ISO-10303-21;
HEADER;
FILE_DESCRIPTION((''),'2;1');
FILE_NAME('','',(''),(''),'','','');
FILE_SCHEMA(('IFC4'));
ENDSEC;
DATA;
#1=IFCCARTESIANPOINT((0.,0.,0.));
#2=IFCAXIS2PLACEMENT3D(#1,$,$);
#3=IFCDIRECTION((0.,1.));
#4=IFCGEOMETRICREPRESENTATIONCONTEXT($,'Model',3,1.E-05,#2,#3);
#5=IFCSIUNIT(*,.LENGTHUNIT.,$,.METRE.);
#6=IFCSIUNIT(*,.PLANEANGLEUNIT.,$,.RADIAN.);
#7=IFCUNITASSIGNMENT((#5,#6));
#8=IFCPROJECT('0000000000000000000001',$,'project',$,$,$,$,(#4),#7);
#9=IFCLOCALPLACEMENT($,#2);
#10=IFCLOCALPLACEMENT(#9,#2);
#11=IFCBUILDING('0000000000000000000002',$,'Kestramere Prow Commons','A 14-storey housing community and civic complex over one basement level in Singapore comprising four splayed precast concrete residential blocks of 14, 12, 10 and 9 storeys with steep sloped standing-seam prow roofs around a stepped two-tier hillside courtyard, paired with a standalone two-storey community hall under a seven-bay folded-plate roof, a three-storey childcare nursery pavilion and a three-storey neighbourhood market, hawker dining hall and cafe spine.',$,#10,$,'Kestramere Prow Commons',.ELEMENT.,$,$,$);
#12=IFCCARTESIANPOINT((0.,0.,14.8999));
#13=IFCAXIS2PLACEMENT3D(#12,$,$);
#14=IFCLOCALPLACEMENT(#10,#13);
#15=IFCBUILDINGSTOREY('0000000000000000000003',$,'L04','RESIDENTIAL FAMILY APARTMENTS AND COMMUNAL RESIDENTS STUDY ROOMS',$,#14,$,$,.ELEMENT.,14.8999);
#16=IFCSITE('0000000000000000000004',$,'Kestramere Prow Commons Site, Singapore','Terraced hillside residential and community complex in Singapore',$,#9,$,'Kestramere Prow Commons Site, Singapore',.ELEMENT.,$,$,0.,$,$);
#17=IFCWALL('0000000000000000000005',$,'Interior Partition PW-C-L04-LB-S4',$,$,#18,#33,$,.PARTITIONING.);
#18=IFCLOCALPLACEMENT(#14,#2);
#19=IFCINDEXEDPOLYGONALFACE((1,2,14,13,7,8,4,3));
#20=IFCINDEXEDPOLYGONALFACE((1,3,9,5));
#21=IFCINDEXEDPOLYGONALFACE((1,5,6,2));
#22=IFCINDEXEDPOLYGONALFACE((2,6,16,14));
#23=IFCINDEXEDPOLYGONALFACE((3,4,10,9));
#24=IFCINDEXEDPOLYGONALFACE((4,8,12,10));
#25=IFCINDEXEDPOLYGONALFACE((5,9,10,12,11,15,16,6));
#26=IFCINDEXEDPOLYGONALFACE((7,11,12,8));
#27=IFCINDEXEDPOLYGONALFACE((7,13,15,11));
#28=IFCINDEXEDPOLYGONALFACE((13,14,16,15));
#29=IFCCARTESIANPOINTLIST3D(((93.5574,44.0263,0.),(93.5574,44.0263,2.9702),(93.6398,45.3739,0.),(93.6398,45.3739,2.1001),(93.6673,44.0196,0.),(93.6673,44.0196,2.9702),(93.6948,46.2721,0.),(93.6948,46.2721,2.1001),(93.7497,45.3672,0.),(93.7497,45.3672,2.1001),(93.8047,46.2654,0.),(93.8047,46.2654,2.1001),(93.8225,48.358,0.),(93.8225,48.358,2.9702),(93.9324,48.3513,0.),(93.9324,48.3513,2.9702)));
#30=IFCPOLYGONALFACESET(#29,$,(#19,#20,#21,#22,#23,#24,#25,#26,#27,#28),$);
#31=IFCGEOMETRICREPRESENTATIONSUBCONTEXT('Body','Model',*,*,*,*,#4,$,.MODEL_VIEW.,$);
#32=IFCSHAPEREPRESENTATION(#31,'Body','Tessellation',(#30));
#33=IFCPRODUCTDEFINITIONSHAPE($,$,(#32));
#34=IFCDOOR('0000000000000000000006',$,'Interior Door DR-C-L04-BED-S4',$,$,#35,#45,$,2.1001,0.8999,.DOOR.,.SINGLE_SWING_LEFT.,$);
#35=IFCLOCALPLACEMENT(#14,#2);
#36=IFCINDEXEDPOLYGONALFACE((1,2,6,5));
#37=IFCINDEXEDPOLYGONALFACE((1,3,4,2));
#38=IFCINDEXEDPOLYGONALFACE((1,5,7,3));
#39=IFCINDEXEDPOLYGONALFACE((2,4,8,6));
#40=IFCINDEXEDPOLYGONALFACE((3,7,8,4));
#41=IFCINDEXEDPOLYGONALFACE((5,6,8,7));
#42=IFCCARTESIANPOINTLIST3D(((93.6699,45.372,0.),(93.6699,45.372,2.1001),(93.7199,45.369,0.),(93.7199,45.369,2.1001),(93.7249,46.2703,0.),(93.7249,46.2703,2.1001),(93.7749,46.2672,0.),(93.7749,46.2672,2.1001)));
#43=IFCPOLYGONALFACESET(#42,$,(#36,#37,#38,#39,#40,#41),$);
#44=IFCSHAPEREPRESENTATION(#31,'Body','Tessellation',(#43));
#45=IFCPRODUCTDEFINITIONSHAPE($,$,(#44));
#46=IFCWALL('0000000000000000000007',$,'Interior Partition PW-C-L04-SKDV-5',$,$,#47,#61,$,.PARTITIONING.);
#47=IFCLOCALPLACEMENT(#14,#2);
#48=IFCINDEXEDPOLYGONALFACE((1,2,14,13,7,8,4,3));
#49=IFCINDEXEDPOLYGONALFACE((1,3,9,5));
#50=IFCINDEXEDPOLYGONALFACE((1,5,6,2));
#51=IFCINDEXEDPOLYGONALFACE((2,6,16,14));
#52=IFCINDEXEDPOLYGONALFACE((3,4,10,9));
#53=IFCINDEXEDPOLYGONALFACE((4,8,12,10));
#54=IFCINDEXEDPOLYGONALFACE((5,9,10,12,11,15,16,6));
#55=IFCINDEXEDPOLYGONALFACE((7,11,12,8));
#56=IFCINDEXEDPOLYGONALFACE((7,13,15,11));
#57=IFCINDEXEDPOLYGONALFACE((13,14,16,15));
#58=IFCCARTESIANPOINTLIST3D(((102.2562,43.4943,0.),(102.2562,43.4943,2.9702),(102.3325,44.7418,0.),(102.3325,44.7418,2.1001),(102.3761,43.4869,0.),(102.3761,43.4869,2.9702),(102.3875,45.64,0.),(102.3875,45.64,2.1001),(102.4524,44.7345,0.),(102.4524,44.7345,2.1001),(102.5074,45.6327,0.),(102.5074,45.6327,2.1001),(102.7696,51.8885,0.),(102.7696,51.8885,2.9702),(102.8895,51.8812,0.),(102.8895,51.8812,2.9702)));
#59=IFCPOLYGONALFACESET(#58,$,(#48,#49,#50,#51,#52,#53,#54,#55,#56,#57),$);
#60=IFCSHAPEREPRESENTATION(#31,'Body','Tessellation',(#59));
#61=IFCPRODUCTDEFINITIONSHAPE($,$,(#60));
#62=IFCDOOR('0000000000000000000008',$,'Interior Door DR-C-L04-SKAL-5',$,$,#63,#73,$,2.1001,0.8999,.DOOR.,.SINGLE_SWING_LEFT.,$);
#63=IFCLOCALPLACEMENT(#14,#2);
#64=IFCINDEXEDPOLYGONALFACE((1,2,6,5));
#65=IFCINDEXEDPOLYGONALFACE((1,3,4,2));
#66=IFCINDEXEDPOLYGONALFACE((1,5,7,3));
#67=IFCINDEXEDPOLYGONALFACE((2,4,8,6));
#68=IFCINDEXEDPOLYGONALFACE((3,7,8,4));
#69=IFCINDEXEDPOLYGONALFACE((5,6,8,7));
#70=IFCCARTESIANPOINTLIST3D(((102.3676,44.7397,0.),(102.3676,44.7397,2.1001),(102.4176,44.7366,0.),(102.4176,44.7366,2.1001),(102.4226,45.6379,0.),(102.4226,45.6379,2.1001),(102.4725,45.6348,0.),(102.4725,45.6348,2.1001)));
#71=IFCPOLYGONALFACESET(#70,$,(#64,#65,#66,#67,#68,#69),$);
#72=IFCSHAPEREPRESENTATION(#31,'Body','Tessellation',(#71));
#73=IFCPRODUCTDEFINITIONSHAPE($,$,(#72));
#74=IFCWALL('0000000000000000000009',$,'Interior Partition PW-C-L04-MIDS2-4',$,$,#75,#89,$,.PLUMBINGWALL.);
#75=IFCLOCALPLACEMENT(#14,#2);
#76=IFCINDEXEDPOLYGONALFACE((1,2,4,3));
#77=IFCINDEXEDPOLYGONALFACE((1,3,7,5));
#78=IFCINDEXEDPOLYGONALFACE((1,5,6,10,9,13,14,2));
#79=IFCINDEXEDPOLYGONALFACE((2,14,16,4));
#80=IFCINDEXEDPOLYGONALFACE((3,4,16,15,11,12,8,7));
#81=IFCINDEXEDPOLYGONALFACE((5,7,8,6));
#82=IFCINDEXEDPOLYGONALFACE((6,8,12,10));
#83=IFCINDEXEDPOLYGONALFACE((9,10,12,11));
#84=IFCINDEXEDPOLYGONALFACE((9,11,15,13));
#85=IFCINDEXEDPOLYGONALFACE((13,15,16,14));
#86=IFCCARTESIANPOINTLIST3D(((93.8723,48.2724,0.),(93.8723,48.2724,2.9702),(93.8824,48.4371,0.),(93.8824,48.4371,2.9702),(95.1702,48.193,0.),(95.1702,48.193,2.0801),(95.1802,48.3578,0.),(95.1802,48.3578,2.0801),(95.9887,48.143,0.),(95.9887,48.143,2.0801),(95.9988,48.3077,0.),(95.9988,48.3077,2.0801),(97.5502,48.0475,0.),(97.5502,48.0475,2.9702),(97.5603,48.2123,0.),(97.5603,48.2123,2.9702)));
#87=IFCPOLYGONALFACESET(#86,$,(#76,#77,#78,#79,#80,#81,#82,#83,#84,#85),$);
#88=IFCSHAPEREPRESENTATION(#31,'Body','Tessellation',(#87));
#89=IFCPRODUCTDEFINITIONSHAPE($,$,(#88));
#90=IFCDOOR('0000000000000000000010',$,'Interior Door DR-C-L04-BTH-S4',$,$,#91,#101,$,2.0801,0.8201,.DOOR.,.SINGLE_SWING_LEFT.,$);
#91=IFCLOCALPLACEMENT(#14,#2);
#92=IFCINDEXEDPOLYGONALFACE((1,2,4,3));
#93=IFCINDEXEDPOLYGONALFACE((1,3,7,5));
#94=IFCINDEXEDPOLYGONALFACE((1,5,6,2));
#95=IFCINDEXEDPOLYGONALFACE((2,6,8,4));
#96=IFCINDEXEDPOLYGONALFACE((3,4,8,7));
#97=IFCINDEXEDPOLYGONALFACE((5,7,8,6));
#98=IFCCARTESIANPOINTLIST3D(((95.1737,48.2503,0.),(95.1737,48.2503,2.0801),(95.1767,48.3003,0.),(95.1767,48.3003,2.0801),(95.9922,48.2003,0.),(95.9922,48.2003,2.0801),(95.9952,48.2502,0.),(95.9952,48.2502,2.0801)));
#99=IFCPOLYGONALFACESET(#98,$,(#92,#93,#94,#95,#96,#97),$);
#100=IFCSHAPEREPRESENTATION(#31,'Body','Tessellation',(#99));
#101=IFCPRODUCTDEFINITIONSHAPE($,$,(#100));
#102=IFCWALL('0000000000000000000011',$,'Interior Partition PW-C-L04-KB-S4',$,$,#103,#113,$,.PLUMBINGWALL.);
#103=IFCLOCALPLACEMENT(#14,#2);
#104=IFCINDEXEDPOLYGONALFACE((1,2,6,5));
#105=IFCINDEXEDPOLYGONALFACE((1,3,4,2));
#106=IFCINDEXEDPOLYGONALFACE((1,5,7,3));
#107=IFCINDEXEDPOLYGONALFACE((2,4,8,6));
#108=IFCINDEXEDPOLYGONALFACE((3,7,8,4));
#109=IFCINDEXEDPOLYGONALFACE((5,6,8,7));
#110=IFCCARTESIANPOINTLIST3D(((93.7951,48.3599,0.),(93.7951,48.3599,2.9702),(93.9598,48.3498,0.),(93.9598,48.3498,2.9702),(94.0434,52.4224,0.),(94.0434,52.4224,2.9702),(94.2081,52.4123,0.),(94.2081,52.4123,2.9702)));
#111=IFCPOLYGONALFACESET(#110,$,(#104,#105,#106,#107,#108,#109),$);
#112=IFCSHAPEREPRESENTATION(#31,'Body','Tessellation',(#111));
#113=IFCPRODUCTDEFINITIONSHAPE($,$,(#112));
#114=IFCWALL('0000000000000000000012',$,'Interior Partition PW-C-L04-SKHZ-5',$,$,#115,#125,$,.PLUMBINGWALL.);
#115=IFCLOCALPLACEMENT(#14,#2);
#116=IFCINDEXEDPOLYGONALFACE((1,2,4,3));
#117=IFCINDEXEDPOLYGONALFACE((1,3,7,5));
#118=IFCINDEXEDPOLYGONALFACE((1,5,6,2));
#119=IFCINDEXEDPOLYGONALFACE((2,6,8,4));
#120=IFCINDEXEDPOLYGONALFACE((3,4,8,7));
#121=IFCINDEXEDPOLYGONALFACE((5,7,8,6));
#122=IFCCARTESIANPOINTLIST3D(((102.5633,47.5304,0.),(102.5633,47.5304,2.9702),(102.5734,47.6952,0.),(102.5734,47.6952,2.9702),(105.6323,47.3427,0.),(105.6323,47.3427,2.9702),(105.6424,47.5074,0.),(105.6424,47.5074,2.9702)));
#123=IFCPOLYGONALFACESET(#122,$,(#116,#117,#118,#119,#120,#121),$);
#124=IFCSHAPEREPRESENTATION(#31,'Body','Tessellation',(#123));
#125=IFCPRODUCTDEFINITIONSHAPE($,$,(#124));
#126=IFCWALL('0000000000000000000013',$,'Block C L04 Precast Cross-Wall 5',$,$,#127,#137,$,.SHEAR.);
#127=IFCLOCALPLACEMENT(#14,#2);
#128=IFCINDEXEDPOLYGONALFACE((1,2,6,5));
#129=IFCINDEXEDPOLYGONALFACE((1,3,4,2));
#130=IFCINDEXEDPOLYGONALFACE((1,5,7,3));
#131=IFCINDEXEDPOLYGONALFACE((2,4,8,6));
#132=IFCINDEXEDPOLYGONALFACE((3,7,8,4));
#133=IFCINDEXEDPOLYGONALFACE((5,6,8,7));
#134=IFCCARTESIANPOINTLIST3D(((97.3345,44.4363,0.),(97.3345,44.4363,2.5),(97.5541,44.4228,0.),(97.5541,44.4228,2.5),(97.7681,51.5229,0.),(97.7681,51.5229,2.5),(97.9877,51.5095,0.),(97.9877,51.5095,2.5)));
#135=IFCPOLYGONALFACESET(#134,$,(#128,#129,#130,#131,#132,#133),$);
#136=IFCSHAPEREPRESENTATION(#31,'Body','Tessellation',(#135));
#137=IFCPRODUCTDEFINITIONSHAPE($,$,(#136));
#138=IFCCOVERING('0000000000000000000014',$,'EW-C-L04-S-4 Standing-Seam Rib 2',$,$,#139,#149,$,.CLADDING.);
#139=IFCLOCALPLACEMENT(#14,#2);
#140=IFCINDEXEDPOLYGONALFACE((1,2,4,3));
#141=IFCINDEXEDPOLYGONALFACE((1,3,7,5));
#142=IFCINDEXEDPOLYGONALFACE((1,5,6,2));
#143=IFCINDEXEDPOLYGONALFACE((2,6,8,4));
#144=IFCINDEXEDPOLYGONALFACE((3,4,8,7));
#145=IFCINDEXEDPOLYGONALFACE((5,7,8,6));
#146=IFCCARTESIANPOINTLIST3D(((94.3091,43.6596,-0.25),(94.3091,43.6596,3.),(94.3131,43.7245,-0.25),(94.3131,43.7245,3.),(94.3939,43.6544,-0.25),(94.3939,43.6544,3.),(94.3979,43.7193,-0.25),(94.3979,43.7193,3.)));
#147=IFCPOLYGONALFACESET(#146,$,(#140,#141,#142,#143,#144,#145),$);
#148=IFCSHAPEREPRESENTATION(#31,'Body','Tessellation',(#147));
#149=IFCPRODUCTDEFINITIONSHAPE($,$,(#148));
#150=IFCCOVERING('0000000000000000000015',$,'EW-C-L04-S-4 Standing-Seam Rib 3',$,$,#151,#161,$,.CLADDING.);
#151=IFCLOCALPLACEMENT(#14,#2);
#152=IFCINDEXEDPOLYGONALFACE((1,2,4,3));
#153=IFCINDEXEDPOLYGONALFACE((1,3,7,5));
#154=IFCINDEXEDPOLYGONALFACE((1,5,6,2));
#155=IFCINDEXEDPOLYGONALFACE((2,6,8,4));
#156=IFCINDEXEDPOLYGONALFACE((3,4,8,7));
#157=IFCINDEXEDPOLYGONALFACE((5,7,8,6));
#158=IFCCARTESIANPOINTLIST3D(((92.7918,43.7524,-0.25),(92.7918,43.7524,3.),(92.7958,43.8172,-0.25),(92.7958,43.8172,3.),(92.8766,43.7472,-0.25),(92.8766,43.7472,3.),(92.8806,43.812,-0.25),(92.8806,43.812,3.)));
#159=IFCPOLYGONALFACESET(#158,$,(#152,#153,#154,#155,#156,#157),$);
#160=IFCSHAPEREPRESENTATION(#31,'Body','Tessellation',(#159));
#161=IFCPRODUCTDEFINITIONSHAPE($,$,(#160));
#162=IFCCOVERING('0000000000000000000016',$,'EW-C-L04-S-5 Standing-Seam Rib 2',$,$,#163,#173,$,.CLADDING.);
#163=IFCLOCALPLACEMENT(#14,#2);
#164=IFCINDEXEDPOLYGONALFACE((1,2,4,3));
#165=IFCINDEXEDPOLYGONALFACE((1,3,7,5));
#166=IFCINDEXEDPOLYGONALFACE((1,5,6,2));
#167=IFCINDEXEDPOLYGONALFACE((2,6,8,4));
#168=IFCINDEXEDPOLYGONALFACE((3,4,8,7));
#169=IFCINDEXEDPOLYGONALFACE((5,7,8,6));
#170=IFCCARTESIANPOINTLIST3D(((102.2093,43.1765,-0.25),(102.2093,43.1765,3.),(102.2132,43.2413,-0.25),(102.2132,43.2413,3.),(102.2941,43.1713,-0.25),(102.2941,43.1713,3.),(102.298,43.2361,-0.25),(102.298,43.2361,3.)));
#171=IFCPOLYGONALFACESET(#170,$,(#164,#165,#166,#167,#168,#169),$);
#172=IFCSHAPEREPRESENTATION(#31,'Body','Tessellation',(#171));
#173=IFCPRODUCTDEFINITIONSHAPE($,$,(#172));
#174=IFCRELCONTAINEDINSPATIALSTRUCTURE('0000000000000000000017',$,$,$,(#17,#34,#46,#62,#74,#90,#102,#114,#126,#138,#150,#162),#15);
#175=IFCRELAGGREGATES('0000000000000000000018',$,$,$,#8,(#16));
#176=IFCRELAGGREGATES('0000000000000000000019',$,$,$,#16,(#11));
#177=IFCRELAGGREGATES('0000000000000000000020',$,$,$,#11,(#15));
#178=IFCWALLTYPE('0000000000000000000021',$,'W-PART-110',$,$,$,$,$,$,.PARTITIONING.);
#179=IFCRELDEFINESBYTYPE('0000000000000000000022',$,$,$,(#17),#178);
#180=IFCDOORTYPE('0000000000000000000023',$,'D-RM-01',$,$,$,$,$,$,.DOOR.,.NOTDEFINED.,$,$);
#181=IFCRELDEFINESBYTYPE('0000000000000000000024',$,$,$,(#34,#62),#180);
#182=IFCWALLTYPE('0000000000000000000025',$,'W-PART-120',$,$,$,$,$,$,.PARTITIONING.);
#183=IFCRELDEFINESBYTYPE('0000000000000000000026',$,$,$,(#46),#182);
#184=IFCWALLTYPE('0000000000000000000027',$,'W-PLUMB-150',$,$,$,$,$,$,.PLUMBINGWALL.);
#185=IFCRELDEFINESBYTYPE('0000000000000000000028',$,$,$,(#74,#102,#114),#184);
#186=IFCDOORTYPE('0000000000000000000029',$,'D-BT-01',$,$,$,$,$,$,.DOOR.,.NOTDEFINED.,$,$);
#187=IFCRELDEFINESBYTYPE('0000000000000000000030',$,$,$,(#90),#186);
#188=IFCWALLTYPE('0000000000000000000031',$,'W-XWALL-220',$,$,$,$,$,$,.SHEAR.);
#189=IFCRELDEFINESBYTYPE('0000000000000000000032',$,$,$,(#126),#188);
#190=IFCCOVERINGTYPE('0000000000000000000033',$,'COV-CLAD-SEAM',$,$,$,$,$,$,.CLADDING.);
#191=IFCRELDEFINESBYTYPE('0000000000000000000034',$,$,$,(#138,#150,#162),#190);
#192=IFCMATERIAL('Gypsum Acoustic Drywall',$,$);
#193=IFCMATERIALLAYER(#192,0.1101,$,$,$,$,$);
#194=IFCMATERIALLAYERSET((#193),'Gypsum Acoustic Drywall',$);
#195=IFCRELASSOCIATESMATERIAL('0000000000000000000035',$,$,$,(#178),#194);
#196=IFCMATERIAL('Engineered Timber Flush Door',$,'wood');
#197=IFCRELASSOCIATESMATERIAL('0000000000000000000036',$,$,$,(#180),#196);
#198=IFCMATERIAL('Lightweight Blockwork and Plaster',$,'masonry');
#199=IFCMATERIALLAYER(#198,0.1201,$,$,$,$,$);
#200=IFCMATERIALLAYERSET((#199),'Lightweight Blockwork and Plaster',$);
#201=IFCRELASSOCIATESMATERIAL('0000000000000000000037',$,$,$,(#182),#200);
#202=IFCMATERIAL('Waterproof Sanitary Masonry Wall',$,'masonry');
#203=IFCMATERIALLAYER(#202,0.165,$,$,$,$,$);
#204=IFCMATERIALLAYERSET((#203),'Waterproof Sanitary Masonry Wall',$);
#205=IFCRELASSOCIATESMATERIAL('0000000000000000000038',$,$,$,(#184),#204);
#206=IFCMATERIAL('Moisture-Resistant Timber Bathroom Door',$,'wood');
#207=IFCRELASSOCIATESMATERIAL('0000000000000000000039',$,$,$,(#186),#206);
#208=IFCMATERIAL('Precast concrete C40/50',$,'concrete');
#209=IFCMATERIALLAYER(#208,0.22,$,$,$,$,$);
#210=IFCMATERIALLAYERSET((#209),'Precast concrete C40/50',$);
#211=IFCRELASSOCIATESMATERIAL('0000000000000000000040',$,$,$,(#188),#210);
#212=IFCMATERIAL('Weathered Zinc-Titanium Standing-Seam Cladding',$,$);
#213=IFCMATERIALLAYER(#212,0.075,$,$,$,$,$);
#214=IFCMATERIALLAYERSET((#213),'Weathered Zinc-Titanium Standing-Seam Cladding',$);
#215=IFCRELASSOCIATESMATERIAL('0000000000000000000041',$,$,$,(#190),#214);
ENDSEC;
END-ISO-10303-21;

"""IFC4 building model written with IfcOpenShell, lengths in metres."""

from ifc_helpers import new_model, si_unit, direction, frame, frame_2d, origin, origin_2d, place, context, subcontext, project, spatial, rectangle, extrude, material, layer, layer_set, type_object, element, fill, save


model = new_model("IFC4")

# Units and contexts
model_context = context("Model", 3, precision=1e-05, world=origin(), true_north=direction((0.0, 1.0)))
body_context = subcontext(model_context, "Body", "Model", "MODEL_VIEW")
ifc_project = project(units=[si_unit("LENGTHUNIT", "METRE"), si_unit("PLANEANGLEUNIT", "RADIAN")], contexts=[model_context])

# Site, building, storey
site_placement = place(None, origin())
site = spatial("IfcSite", under=ifc_project, at=site_placement, Name="Kestramere Prow Commons Site, Singapore", Description="Terraced hillside residential and community complex in Singapore", LongName="Kestramere Prow Commons Site, Singapore", CompositionType="ELEMENT", RefElevation=0.0)
building_placement = place(site_placement, origin())
building = spatial("IfcBuilding", under=site, at=building_placement, Name="Kestramere Prow Commons", Description="A 14-storey housing community and civic complex over one basement level in Singapore comprising four splayed precast concrete residential blocks of 14, 12, 10 and 9 storeys with steep sloped standing-seam prow roofs around a stepped two-tier hillside courtyard, paired with a standalone two-storey community hall under a seven-bay folded-plate roof, a three-storey childcare nursery pavilion and a three-storey neighbourhood market, hawker dining hall and cafe spine.", LongName="Kestramere Prow Commons", CompositionType="ELEMENT")
storey_placement = place(building_placement, frame((0.0, 0.0, 14.8999)))
storey = spatial("IfcBuildingStorey", under=building, at=storey_placement, Name="L04", Description="RESIDENTIAL FAMILY APARTMENTS AND COMMUNAL RESIDENTS STUDY ROOMS", CompositionType="ELEMENT", Elevation=14.8999)

# Shared definitions
ifc_material_1 = material(Name="Precast concrete C40/50", Category="concrete")

# Walls, openings, doors
ifc_material_2 = material(Name="Gypsum Acoustic Drywall")
ifc_layer_1 = layer(ifc_material_2, 0.1101)
ifc_layer_set_1 = layer_set([ifc_layer_1], Name="Gypsum Acoustic Drywall")
wall_type_1 = type_object("IfcWallType", Name="W-PART-110", PredefinedType="PARTITIONING", material=ifc_layer_set_1)
wall_1_placement = place(storey_placement, frame((93.6123, 44.0229, 0.0), z_axis=(0.0, 0.0, 1.0), x_axis=(0.061093, 0.998132, 0.0)))
wall_1 = element("IfcWall", 1, at=wall_1_placement, inside=storey, type_object=wall_type_1, Name="Interior Partition PW-C-L04-LB-S4", PredefinedType="PARTITIONING", context=body_context, shape_type="SweptSolid", body=[
    extrude(rectangle(XDim=4.3398, YDim=0.1101, at=frame_2d((2.1699, 0.0))), origin(), (0.0, 0.0, 1.0), 2.9702),
])
opening_1_placement = place(wall_1_placement, frame((1.3501, 0.0, 0.0)))
opening_1 = element("IfcOpeningElement", 2, at=opening_1_placement, cuts=wall_1, PredefinedType="OPENING", context=body_context, shape_type="SweptSolid", body=[
    extrude(rectangle(XDim=0.8999, YDim=2.1001, at=frame_2d((0.45, 1.05))), frame((0.0, 0.0701, 0.0), z_axis=(0.0, -1.0, 0.0), x_axis=(1.0, 0.0, 0.0)), (0.0, 0.0, 1.0), 0.1401),
])
ifc_material_3 = material(Name="Engineered Timber Flush Door", Category="wood")
door_type_1 = type_object("IfcDoorType", Name="D-RM-01", OperationType="NOTDEFINED", PredefinedType="DOOR", material=ifc_material_3)
door_1_placement = place(opening_1_placement, origin())
door_1 = element("IfcDoor", 3, at=door_1_placement, inside=storey, type_object=door_type_1, Name="Interior Door DR-C-L04-BED-S4", OperationType="SINGLE_SWING_LEFT", OverallHeight=2.1001, OverallWidth=0.8999, PredefinedType="DOOR", context=body_context, shape_type="SweptSolid", body=[
    extrude(rectangle(XDim=0.8999, YDim=2.1001, at=frame_2d((0.45, 1.05))), frame((0.0, 0.0249, 0.0), z_axis=(0.0, -1.0, 0.0), x_axis=(1.0, 0.0, 0.0)), (0.0, 0.0, 1.0), 0.05),
])
fill(opening_1, door_1)
ifc_material_4 = material(Name="Lightweight Blockwork and Plaster", Category="masonry")
ifc_layer_2 = layer(ifc_material_4, 0.1201)
ifc_layer_set_2 = layer_set([ifc_layer_2], Name="Lightweight Blockwork and Plaster")
wall_type_2 = type_object("IfcWallType", Name="W-PART-120", PredefinedType="PARTITIONING", material=ifc_layer_set_2)
wall_2_placement = place(storey_placement, frame((102.3162, 43.4905, 0.0), z_axis=(0.0, 0.0, 1.0), x_axis=(0.06105, 0.998135, 0.0)))
wall_2 = element("IfcWall", 4, at=wall_2_placement, inside=storey, type_object=wall_type_2, Name="Interior Partition PW-C-L04-SKDV-5", PredefinedType="PARTITIONING", context=body_context, shape_type="SweptSolid", body=[
    extrude(rectangle(XDim=8.4099, YDim=0.1201, at=frame_2d((4.2051, 0.0))), origin(), (0.0, 0.0, 1.0), 2.9702),
])
opening_2_placement = place(wall_2_placement, frame((1.25, 0.0, 0.0)))
opening_2 = element("IfcOpeningElement", 5, at=opening_2_placement, cuts=wall_2, PredefinedType="OPENING", context=body_context, shape_type="SweptSolid", body=[
    extrude(rectangle(XDim=0.8999, YDim=2.1001, at=frame_2d((0.45, 1.05))), frame((0.0, 0.075, 0.0), z_axis=(0.0, -1.0, 0.0), x_axis=(1.0, 0.0, 0.0)), (0.0, 0.0, 1.0), 0.1501),
])
door_2_placement = place(opening_2_placement, origin())
door_2 = element("IfcDoor", 6, at=door_2_placement, inside=storey, type_object=door_type_1, Name="Interior Door DR-C-L04-SKAL-5", OperationType="SINGLE_SWING_LEFT", OverallHeight=2.1001, OverallWidth=0.8999, PredefinedType="DOOR", context=body_context, shape_type="SweptSolid", body=[
    extrude(rectangle(XDim=0.8999, YDim=2.1001, at=frame_2d((0.45, 1.05))), frame((0.0, 0.0249, 0.0), z_axis=(0.0, -1.0, 0.0), x_axis=(1.0, 0.0, 0.0)), (0.0, 0.0, 1.0), 0.05),
])
fill(opening_2, door_2)
ifc_material_5 = material(Name="Waterproof Sanitary Masonry Wall", Category="masonry")
ifc_layer_3 = layer(ifc_material_5, 0.165)
ifc_layer_set_3 = layer_set([ifc_layer_3], Name="Waterproof Sanitary Masonry Wall")
wall_type_3 = type_object("IfcWallType", Name="W-PLUMB-150", PredefinedType="PLUMBINGWALL", material=ifc_layer_set_3)
wall_3_placement = place(storey_placement, frame((93.8774, 48.3547, 0.0), z_axis=(0.0, 0.0, 1.0), x_axis=(0.998136, -0.061021, 0.0)))
wall_3 = element("IfcWall", 7, at=wall_3_placement, inside=storey, type_object=wall_type_3, Name="Interior Partition PW-C-L04-MIDS2-4", PredefinedType="PLUMBINGWALL", context=body_context, shape_type="SweptSolid", body=[
    extrude(rectangle(XDim=3.6848, YDim=0.165, at=frame_2d((1.8423, 0.0))), origin(), (0.0, 0.0, 1.0), 2.9702),
])
opening_3_placement = place(wall_3_placement, frame((1.3, 0.0, 0.0)))
opening_3 = element("IfcOpeningElement", 8, at=opening_3_placement, cuts=wall_3, PredefinedType="OPENING", context=body_context, shape_type="SweptSolid", body=[
    extrude(rectangle(XDim=0.8201, YDim=2.0801, at=frame_2d((0.4102, 1.04))), frame((0.0, 0.0974, 0.0), z_axis=(0.0, -1.0, 0.0), x_axis=(1.0, 0.0, 0.0)), (0.0, 0.0, 1.0), 0.1951),
])
ifc_material_6 = material(Name="Moisture-Resistant Timber Bathroom Door", Category="wood")
door_type_2 = type_object("IfcDoorType", Name="D-BT-01", OperationType="NOTDEFINED", PredefinedType="DOOR", material=ifc_material_6)
door_3_placement = place(opening_3_placement, origin())
door_3 = element("IfcDoor", 9, at=door_3_placement, inside=storey, type_object=door_type_2, Name="Interior Door DR-C-L04-BTH-S4", OperationType="SINGLE_SWING_LEFT", OverallHeight=2.0801, OverallWidth=0.8201, PredefinedType="DOOR", context=body_context, shape_type="SweptSolid", body=[
    extrude(rectangle(XDim=0.8201, YDim=2.0801, at=frame_2d((0.4102, 1.04))), frame((0.0, 0.0249, 0.0), z_axis=(0.0, -1.0, 0.0), x_axis=(1.0, 0.0, 0.0)), (0.0, 0.0, 1.0), 0.05),
])
fill(opening_3, door_3)

# Wall
wall_4_placement = place(storey_placement, frame((93.8774, 48.3547, 0.0), z_axis=(0.0, 0.0, 1.0), x_axis=(0.061004, 0.998138, 0.0)))
element("IfcWall", 10, at=wall_4_placement, inside=storey, type_object=wall_type_3, Name="Interior Partition PW-C-L04-KB-S4", PredefinedType="PLUMBINGWALL", context=body_context, shape_type="SweptSolid", body=[
    extrude(rectangle(XDim=4.0701, YDim=0.165, at=frame_2d((2.0352, 0.0))), origin(), (0.0, 0.0, 1.0), 2.9702),
])

# Walls
wall_5_placement = place(storey_placement, frame((102.5684, 47.6128, 0.0), z_axis=(0.0, 0.0, 1.0), x_axis=(0.998134, -0.061058, 0.0)))
element("IfcWall", 11, at=wall_5_placement, inside=storey, type_object=wall_type_3, Name="Interior Partition PW-C-L04-SKHZ-5", PredefinedType="PLUMBINGWALL", context=body_context, shape_type="SweptSolid", body=[
    extrude(rectangle(XDim=3.0747, YDim=0.165, at=frame_2d((1.5374, 0.0))), origin(), (0.0, 0.0, 1.0), 2.9702),
])
ifc_layer_4 = layer(ifc_material_1, 0.22)
ifc_layer_set_4 = layer_set([ifc_layer_4], Name="Precast concrete C40/50")
wall_type_4 = type_object("IfcWallType", Name="W-XWALL-220", PredefinedType="SHEAR", material=ifc_layer_set_4)
wall_6_placement = place(storey_placement, frame((97.4443, 44.4297, 0.0), z_axis=(0.0, 0.0, 1.0), x_axis=(0.06107, 0.998133, 0.0)))
element("IfcWall", 12, at=wall_6_placement, inside=storey, type_object=wall_type_4, Name="Block C L04 Precast Cross-Wall 5", PredefinedType="SHEAR", context=body_context, shape_type="SweptSolid", body=[
    extrude(rectangle(XDim=7.0999, YDim=0.22, at=frame_2d((3.5498, 0.0))), origin(), (0.0, 0.0, 1.0), 2.5),
])

# Coverings
ifc_material_7 = material(Name="Weathered Zinc-Titanium Standing-Seam Cladding")
ifc_layer_5 = layer(ifc_material_7, 0.075)
ifc_layer_set_5 = layer_set([ifc_layer_5], Name="Weathered Zinc-Titanium Standing-Seam Cladding")
covering_type = type_object("IfcCoveringType", Name="COV-CLAD-SEAM", PredefinedType="CLADDING", material=ifc_layer_set_5)
for number, where, z_axis, x_axis, name in (
    (13, (94.3535, 43.6895, -0.25), (0.0, 0.0, 1.0), (-0.998135, 0.061049, 0.0), "EW-C-L04-S-4 Standing-Seam Rib 2"),
    (14, (92.8362, 43.7822, -0.25), (0.0, 0.0, 1.0), (-0.998135, 0.061049, 0.0), "EW-C-L04-S-4 Standing-Seam Rib 3"),
    (15, (102.2537, 43.2063, -0.25), (0.0, 0.0, 1.0), (-0.998135, 0.061049, 0.0), "EW-C-L04-S-5 Standing-Seam Rib 2"),
):
    element("IfcCovering", number, at=place(storey_placement, frame(where, z_axis=z_axis, x_axis=x_axis)), inside=storey, type_object=covering_type, Name=name, PredefinedType="CLADDING", context=body_context, shape_type="SweptSolid", body=[
        extrude(rectangle(XDim=0.085, YDim=0.0649, at=origin_2d()), origin(), (0.0, 0.0, 1.0), 3.25),
    ])

save(model, "model.ifc")
